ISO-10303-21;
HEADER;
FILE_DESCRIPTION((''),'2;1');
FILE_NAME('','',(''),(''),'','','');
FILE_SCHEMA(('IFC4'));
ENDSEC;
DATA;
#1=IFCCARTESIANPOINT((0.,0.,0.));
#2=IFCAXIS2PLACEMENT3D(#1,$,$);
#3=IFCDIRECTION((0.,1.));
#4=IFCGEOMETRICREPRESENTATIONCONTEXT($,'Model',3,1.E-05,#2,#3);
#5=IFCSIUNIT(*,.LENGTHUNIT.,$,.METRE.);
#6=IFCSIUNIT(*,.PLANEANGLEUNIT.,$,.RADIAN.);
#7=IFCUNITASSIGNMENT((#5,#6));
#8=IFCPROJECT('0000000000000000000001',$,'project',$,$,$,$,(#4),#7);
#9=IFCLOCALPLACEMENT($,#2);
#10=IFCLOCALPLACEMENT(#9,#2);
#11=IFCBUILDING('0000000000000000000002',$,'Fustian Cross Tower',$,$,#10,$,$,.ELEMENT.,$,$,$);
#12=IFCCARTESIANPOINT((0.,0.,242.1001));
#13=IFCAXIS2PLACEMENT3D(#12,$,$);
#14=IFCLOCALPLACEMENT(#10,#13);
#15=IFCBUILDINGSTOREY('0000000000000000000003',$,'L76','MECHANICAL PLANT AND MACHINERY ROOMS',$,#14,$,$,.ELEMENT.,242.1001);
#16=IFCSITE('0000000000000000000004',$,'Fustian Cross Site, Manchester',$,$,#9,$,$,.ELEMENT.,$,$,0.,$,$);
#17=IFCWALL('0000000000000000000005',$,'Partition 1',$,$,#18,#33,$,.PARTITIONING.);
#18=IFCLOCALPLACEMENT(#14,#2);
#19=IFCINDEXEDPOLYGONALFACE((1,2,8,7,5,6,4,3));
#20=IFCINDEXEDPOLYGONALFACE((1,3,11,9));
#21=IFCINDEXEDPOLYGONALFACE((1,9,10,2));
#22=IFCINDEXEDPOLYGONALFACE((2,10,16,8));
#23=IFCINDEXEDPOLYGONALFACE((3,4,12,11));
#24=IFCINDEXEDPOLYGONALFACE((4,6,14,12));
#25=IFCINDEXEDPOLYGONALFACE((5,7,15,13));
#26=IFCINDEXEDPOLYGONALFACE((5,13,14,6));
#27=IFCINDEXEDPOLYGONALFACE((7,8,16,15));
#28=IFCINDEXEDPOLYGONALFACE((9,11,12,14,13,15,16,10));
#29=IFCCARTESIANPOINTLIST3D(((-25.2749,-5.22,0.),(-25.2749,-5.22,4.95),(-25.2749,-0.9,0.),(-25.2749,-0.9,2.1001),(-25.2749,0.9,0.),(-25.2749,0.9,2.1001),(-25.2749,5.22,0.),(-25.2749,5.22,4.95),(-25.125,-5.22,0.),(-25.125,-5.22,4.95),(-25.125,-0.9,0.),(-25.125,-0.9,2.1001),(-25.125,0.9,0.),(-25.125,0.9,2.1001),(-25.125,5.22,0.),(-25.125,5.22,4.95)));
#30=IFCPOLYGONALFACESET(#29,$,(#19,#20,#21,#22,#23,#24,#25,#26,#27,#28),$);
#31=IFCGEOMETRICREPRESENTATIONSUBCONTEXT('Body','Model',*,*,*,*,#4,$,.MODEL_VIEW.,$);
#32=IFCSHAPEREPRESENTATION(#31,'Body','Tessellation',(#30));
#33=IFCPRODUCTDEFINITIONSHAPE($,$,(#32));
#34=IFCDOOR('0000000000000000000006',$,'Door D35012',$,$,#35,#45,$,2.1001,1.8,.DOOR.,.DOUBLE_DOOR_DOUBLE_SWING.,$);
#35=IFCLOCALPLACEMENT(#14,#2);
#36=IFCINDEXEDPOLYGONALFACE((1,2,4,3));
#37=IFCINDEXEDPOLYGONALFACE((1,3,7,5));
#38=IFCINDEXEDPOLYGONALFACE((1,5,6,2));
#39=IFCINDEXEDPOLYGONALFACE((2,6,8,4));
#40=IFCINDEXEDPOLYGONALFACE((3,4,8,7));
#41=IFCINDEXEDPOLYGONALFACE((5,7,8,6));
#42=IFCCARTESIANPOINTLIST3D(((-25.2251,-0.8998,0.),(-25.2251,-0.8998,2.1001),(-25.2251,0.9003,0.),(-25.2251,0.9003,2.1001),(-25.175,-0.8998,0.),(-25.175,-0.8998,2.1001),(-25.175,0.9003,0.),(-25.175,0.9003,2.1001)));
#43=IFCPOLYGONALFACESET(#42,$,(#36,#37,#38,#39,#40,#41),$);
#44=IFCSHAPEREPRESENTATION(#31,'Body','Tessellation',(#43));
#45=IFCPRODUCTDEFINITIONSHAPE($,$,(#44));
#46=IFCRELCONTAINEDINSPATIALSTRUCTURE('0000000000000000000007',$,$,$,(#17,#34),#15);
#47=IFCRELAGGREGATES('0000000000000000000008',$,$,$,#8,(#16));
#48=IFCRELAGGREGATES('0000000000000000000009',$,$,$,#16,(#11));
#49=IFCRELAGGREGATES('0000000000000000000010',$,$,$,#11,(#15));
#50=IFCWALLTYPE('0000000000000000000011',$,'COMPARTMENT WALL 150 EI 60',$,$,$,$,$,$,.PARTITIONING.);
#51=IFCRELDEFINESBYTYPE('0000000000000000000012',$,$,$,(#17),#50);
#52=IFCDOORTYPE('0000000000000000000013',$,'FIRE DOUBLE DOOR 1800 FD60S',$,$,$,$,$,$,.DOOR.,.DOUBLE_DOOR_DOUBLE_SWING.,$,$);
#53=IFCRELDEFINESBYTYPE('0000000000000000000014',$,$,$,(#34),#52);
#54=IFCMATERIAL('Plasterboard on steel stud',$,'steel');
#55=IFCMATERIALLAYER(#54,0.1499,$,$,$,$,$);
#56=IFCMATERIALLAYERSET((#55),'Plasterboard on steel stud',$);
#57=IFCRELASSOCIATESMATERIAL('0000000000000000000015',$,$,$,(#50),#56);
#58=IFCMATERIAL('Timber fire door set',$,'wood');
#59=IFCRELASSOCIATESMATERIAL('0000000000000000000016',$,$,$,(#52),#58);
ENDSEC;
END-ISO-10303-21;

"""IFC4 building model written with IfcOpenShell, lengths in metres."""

from ifc_helpers import new_model, si_unit, direction, frame, frame_2d, origin, place, context, subcontext, project, spatial, rectangle, extrude, material, layer, layer_set, type_object, element, fill, save


model = new_model("IFC4")

# Units and contexts
model_context = context("Model", 3, precision=1e-05, world=origin(), true_north=direction((0.0, 1.0)))
body_context = subcontext(model_context, "Body", "Model", "MODEL_VIEW")
ifc_project = project(units=[si_unit("LENGTHUNIT", "METRE"), si_unit("PLANEANGLEUNIT", "RADIAN")], contexts=[model_context])

# Site, building, storey
site_placement = place(None, origin())
site = spatial("IfcSite", under=ifc_project, at=site_placement, Name="Fustian Cross Site, Manchester", CompositionType="ELEMENT", RefElevation=0.0)
building_placement = place(site_placement, origin())
building = spatial("IfcBuilding", under=site, at=building_placement, Name="Fustian Cross Tower", CompositionType="ELEMENT")
storey_placement = place(building_placement, frame((0.0, 0.0, 242.1001)))
storey = spatial("IfcBuildingStorey", under=building, at=storey_placement, Name="L76", Description="MECHANICAL PLANT AND MACHINERY ROOMS", CompositionType="ELEMENT", Elevation=242.1001)

# Wall, opening, door
ifc_material_1 = material(Name="Plasterboard on steel stud", Category="steel")
ifc_layer_1 = layer(ifc_material_1, 0.1499)
ifc_layer_set_1 = layer_set([ifc_layer_1], Name="Plasterboard on steel stud")
wall_type = type_object("IfcWallType", Name="COMPARTMENT WALL 150 EI 60", PredefinedType="PARTITIONING", material=ifc_layer_set_1)
wall_placement = place(storey_placement, frame((-25.2, -5.22, 0.0), z_axis=(0.0, 0.0, 1.0), x_axis=(0.0, 1.0, 0.0)))
wall = element("IfcWall", 1, at=wall_placement, inside=storey, type_object=wall_type, Name="Partition 1", PredefinedType="PARTITIONING", context=body_context, shape_type="SweptSolid", body=[
    extrude(rectangle(XDim=10.4399, YDim=0.1499, at=frame_2d((5.22, 0.0))), origin(), (0.0, 0.0, 1.0), 4.95),
])
opening_placement = place(wall_placement, frame((4.3201, 0.0, 0.0)))
opening = element("IfcOpeningElement", 2, at=opening_placement, cuts=wall, PredefinedType="OPENING", context=body_context, shape_type="SweptSolid", body=[
    extrude(rectangle(XDim=1.8, YDim=2.1001, at=frame_2d((0.8999, 1.05))), frame((0.0, 0.085, 0.0), z_axis=(0.0, -1.0, 0.0), x_axis=(1.0, 0.0, 0.0)), (0.0, 0.0, 1.0), 0.1699),
])
ifc_material_2 = material(Name="Timber fire door set", Category="wood")
door_type = type_object("IfcDoorType", Name="FIRE DOUBLE DOOR 1800 FD60S", OperationType="DOUBLE_DOOR_DOUBLE_SWING", PredefinedType="DOOR", material=ifc_material_2)
door_placement = place(opening_placement, frame((1.8, 0.0, 0.0), z_axis=(0.0, 0.0, 1.0), x_axis=(-1.0, 0.0, 0.0)))
door = element("IfcDoor", 3, at=door_placement, inside=storey, type_object=door_type, Name="Door D35012", OperationType="DOUBLE_DOOR_DOUBLE_SWING", OverallHeight=2.1001, OverallWidth=1.8, PredefinedType="DOOR", context=body_context, shape_type="SweptSolid", body=[
    extrude(rectangle(XDim=1.8, YDim=2.1001, at=frame_2d((0.8999, 1.05))), frame((0.0, 0.0249, 0.0), z_axis=(0.0, -1.0, 0.0), x_axis=(1.0, 0.0, 0.0)), (0.0, 0.0, 1.0), 0.05),
])
fill(opening, door)

save(model, "model.ifc")
